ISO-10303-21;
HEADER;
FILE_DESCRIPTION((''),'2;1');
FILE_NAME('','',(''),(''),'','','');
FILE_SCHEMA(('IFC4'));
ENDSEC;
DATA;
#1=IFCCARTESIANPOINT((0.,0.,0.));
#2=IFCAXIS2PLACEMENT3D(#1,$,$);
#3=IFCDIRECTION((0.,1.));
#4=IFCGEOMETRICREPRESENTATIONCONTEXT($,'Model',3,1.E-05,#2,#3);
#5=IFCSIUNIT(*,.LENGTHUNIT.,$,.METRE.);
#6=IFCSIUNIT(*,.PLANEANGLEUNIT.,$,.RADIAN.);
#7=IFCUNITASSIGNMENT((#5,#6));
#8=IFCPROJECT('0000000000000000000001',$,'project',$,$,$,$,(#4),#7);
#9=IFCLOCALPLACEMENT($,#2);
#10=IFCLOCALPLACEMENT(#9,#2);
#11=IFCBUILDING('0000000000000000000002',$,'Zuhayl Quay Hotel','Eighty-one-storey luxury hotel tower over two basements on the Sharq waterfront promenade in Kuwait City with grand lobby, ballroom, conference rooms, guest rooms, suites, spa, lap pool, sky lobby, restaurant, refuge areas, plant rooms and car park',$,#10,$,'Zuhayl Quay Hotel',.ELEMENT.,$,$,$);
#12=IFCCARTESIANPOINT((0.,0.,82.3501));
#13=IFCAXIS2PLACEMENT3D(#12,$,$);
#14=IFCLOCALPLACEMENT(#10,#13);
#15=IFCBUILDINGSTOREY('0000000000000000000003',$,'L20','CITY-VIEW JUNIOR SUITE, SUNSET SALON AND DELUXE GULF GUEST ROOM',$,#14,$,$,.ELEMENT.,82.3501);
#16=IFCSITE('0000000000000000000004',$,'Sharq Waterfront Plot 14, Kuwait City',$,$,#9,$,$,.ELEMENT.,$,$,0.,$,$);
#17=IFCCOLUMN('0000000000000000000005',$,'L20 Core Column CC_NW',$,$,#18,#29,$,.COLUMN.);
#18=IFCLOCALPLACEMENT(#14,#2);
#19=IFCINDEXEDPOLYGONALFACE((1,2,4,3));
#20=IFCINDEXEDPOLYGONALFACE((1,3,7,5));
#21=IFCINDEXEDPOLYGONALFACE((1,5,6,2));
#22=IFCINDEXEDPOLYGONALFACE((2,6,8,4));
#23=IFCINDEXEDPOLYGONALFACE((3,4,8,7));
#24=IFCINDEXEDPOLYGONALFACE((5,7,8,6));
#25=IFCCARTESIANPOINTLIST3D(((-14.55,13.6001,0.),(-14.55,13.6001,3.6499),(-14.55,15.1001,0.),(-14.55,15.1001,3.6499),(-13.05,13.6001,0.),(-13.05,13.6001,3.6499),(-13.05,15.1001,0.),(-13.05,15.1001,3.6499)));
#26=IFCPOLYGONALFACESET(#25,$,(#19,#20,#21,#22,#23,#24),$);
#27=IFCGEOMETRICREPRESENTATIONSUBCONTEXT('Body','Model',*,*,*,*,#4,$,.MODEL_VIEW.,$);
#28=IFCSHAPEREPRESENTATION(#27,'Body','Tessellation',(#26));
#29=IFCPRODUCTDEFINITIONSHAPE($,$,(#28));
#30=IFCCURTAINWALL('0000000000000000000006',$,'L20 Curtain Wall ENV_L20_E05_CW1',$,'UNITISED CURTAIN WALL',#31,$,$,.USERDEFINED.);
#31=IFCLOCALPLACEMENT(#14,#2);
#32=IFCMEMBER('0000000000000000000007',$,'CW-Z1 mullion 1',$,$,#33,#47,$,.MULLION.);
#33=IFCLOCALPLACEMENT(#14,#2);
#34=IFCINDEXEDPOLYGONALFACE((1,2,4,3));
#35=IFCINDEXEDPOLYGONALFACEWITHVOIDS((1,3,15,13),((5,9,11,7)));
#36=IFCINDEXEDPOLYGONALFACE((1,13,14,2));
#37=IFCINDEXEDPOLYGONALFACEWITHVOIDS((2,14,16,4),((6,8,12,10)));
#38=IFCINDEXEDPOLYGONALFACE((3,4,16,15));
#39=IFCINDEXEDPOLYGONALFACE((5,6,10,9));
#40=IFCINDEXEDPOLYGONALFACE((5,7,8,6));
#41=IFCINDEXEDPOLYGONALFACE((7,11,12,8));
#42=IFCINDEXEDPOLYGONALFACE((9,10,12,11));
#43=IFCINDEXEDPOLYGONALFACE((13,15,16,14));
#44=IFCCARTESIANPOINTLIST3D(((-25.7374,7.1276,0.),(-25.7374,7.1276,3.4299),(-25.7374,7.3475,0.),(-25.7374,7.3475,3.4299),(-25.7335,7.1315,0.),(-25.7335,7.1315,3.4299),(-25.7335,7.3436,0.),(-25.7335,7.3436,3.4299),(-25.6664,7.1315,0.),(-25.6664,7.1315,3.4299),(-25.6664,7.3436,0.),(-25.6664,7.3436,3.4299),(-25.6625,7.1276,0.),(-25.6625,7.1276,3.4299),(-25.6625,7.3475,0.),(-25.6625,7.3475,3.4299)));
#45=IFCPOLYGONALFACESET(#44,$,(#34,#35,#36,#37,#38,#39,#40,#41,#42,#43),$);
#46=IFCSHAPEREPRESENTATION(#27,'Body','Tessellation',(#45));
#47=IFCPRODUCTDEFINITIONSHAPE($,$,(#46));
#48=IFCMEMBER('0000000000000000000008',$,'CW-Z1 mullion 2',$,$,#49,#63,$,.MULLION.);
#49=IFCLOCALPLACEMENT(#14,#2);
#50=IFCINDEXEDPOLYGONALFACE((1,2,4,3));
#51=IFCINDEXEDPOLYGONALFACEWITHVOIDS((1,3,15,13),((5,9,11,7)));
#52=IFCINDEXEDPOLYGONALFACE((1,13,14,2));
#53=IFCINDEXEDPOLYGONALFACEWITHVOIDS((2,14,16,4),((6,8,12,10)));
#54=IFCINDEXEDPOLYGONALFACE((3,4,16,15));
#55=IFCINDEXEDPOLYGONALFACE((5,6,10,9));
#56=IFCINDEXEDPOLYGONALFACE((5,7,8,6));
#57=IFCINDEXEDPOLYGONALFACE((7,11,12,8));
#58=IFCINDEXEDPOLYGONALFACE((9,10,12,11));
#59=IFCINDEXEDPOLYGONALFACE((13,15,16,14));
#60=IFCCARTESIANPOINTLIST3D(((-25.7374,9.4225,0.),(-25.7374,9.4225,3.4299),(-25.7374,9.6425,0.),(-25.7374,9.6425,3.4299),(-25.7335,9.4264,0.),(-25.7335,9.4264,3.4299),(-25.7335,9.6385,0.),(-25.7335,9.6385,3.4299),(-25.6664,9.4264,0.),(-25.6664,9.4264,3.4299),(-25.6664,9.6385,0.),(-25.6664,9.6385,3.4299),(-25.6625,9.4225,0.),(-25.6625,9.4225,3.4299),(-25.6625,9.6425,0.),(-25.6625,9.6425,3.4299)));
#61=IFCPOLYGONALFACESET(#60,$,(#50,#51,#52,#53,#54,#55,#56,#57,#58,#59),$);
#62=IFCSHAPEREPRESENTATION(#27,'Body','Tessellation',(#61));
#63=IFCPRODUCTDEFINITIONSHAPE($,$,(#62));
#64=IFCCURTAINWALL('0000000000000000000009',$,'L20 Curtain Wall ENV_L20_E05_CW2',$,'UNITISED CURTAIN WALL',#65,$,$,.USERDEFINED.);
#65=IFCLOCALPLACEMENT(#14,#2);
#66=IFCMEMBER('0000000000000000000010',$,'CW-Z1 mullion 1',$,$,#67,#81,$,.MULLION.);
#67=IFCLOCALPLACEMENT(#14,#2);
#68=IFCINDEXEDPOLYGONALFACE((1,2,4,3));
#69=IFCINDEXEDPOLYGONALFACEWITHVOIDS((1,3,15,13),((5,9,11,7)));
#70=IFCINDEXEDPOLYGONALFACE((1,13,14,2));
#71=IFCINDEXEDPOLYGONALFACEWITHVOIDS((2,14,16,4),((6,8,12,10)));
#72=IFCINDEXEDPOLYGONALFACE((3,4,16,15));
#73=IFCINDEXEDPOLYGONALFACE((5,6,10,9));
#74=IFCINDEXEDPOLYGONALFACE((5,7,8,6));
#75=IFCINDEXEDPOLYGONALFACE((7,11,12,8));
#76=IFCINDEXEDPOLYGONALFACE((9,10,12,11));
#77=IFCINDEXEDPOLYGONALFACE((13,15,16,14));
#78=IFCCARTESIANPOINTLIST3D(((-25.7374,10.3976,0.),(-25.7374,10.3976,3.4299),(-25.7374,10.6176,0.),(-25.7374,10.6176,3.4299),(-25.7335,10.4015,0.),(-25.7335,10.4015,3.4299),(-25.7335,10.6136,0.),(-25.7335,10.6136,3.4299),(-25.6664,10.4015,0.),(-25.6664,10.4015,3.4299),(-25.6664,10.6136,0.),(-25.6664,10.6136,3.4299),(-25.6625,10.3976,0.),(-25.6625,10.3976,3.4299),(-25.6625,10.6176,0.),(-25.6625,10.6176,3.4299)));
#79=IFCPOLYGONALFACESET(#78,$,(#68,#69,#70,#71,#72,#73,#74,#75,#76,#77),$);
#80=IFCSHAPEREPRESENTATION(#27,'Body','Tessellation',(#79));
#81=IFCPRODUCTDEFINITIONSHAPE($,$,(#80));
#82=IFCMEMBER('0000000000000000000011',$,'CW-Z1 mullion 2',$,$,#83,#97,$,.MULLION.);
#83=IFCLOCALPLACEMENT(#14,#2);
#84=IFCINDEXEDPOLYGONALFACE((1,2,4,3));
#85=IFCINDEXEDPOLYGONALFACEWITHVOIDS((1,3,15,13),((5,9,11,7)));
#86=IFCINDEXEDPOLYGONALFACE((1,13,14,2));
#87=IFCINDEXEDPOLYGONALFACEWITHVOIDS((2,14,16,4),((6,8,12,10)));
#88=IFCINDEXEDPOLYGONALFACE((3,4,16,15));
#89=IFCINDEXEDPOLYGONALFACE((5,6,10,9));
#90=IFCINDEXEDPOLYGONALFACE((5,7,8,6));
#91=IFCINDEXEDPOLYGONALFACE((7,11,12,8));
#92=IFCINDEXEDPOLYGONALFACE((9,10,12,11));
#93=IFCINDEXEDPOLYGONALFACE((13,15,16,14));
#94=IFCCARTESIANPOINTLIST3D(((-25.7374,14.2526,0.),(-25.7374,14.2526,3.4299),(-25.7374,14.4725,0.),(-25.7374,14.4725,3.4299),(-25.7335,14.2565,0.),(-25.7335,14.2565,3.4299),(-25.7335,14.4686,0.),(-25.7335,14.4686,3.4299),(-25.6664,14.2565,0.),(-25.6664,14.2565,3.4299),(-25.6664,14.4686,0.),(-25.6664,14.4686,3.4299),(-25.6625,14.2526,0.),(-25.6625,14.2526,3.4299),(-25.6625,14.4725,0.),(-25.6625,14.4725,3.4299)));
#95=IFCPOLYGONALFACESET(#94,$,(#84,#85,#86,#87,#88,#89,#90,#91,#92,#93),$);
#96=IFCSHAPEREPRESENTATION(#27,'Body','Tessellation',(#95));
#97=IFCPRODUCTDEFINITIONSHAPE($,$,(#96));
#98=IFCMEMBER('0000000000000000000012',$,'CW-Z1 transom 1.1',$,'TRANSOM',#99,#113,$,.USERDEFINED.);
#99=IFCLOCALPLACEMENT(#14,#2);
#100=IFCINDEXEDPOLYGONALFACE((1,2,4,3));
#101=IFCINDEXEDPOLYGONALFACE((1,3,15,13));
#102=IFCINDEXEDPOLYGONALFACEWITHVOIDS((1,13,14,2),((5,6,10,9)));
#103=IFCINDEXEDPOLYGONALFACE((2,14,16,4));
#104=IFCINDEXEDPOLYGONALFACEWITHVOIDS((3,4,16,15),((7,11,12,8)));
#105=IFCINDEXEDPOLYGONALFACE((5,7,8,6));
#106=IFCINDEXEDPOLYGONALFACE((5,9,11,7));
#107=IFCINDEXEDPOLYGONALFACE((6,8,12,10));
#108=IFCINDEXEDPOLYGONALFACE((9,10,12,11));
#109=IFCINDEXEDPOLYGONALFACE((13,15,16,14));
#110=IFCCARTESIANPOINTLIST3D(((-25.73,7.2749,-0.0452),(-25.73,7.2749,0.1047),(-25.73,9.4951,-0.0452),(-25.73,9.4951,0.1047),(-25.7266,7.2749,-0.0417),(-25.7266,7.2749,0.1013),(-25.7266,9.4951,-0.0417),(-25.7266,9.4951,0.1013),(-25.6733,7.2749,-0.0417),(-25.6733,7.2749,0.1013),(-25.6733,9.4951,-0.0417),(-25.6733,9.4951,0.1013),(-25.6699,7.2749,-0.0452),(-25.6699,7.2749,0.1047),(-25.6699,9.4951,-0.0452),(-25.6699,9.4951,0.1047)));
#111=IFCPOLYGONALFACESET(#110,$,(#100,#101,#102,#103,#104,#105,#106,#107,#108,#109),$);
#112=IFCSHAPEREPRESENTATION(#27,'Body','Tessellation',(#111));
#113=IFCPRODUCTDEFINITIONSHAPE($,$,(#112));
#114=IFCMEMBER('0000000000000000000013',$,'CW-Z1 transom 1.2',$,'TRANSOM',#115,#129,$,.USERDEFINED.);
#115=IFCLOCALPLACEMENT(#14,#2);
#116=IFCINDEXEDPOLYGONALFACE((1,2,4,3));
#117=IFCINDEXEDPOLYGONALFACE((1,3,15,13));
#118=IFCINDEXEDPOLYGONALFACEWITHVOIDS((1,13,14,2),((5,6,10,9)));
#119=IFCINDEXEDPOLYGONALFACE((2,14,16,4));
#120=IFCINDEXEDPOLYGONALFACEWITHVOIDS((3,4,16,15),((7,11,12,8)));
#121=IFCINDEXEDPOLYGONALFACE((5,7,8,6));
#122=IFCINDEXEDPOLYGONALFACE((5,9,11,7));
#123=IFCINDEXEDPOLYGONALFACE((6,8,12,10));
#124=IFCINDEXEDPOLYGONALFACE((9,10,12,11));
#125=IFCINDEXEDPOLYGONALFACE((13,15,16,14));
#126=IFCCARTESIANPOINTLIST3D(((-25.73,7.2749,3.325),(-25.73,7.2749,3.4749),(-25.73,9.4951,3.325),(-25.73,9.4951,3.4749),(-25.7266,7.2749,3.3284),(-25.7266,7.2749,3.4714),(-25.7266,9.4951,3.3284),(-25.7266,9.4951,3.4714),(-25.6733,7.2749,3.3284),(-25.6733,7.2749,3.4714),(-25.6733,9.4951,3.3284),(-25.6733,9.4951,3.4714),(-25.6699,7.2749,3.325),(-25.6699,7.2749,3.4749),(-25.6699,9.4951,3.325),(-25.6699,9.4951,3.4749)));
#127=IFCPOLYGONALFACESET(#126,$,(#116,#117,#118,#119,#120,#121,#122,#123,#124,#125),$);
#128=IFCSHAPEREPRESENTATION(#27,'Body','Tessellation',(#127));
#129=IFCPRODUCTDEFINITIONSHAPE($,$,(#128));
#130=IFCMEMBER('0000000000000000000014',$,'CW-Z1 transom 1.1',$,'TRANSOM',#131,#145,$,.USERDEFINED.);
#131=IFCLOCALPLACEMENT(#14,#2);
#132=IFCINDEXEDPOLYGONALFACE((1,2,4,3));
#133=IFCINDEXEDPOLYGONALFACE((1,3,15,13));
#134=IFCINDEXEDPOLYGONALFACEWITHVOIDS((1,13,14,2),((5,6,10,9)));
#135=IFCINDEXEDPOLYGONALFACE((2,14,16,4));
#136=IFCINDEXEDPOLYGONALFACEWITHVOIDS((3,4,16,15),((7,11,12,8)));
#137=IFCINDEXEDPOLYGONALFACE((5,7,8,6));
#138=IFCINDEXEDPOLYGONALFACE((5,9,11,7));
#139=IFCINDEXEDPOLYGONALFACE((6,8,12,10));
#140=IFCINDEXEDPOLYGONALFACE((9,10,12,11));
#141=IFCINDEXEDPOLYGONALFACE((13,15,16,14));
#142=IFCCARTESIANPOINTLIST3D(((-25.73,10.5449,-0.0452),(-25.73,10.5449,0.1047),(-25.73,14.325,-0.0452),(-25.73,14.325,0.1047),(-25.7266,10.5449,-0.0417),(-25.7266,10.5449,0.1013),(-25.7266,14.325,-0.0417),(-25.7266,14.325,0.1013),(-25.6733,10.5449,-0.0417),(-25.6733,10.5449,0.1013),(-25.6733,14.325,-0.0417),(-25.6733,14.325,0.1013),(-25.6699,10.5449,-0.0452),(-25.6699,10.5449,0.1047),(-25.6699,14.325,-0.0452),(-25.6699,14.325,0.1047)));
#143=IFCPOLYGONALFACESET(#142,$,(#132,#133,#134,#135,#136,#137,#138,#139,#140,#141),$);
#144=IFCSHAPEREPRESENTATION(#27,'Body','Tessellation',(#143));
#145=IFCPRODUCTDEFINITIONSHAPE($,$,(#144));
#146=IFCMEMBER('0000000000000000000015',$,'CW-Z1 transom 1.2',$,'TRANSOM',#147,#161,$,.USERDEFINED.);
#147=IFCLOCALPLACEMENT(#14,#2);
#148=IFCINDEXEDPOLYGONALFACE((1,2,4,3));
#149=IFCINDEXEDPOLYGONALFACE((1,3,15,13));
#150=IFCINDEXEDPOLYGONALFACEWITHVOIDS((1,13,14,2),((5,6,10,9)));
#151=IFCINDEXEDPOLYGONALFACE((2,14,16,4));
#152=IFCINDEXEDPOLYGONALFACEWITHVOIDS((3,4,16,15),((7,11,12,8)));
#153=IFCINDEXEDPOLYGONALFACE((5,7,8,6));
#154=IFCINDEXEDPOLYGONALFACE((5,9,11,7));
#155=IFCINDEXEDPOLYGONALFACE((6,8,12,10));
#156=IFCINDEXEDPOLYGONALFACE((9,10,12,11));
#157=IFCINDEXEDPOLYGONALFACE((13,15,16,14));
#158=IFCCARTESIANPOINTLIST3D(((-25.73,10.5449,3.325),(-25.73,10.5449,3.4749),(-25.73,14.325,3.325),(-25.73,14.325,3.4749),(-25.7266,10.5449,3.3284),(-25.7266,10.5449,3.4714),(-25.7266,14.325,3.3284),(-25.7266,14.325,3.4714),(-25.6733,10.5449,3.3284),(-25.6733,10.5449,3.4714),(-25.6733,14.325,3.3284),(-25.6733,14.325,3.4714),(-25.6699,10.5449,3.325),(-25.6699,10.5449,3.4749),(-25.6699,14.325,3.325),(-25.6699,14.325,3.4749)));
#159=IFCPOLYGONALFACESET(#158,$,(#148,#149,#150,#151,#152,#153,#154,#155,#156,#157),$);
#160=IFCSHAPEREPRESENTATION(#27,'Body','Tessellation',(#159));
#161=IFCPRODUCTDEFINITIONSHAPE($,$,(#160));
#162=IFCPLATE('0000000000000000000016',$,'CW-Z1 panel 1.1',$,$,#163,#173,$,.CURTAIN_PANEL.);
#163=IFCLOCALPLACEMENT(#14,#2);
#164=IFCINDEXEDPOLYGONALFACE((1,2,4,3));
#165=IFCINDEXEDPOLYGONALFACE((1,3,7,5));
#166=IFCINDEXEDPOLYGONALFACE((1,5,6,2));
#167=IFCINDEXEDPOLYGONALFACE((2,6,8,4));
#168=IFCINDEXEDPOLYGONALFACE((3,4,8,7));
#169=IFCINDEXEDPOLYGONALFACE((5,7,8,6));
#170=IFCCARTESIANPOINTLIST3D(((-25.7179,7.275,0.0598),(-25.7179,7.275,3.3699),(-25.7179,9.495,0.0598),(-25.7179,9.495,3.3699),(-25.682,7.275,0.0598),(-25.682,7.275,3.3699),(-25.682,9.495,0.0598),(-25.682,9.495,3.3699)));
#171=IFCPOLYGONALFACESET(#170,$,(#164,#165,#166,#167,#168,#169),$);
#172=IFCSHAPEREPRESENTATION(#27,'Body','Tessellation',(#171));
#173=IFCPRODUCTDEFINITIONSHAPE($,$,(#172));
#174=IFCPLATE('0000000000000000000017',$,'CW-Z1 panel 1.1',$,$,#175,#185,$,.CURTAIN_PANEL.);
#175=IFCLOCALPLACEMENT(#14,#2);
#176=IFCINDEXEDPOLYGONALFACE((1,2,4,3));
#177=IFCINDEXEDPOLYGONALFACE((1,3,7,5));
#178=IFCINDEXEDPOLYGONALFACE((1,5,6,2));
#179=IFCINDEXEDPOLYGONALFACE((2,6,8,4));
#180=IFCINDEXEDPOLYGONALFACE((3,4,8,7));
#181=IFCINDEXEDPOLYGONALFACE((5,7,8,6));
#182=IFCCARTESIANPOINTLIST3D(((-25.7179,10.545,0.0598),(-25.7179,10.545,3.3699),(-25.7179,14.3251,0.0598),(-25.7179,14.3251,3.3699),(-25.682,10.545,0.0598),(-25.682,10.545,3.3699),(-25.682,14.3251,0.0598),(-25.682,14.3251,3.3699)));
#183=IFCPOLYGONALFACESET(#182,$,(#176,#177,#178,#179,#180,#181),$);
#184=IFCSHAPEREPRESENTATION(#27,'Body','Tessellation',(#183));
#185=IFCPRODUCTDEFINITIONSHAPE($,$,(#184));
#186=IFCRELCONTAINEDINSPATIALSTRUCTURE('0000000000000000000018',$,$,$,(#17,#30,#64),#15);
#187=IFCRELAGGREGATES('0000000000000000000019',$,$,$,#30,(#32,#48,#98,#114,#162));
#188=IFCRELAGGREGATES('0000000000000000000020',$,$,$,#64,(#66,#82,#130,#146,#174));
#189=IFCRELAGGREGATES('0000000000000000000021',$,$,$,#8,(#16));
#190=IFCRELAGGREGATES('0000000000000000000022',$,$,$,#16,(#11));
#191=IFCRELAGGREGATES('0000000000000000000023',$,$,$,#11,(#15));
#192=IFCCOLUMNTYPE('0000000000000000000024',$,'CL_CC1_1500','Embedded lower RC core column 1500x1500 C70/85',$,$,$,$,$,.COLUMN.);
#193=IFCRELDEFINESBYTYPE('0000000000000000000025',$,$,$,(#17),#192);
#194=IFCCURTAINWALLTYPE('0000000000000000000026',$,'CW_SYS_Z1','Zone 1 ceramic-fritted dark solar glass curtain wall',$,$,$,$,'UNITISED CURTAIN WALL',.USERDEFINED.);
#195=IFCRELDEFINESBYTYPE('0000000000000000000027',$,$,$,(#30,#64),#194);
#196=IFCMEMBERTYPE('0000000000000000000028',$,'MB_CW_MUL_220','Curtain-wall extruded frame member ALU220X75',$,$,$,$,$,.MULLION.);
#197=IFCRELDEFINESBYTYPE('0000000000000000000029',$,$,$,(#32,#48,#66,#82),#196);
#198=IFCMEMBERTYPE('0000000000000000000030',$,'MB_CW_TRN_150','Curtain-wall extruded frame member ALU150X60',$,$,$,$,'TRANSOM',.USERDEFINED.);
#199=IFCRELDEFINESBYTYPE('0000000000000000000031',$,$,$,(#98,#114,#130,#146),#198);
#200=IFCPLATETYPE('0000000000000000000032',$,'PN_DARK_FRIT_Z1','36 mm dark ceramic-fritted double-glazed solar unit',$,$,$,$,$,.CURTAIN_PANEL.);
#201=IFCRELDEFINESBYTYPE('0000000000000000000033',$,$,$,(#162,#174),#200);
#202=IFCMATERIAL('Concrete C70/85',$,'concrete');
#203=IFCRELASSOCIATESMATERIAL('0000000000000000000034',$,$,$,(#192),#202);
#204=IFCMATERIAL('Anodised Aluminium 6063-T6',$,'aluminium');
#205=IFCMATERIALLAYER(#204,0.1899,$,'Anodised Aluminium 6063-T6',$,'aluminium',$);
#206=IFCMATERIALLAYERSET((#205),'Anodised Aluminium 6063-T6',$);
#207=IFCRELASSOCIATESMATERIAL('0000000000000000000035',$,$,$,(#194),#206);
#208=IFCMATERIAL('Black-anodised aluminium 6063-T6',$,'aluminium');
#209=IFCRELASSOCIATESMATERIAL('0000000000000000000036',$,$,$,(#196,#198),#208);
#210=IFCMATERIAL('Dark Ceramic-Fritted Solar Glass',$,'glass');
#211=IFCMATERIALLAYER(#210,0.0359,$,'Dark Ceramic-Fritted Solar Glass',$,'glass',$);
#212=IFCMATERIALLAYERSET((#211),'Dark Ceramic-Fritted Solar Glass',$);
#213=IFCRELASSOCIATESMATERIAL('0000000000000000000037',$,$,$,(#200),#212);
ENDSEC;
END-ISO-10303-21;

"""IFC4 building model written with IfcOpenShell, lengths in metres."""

from ifc_helpers import new_model, si_unit, direction, frame, origin, origin_2d, place, context, subcontext, project, spatial, rectangle, hollow_rectangle, extrude, material, layer, layer_set, material_profile, profile_set, type_object, element, aggregate, save


model = new_model("IFC4")

# Units and contexts
model_context = context("Model", 3, precision=1e-05, world=origin(), true_north=direction((0.0, 1.0)))
body_context = subcontext(model_context, "Body", "Model", "MODEL_VIEW")
ifc_project = project(units=[si_unit("LENGTHUNIT", "METRE"), si_unit("PLANEANGLEUNIT", "RADIAN")], contexts=[model_context])

# Site, building, storey
site_placement = place(None, origin())
site = spatial("IfcSite", under=ifc_project, at=site_placement, Name="Sharq Waterfront Plot 14, Kuwait City", CompositionType="ELEMENT", RefElevation=0.0)
building_placement = place(site_placement, origin())
building = spatial("IfcBuilding", under=site, at=building_placement, Name="Zuhayl Quay Hotel", Description="Eighty-one-storey luxury hotel tower over two basements on the Sharq waterfront promenade in Kuwait City with grand lobby, ballroom, conference rooms, guest rooms, suites, spa, lap pool, sky lobby, restaurant, refuge areas, plant rooms and car park", LongName="Zuhayl Quay Hotel", CompositionType="ELEMENT")
storey_placement = place(building_placement, frame((0.0, 0.0, 82.3501)))
storey = spatial("IfcBuildingStorey", under=building, at=storey_placement, Name="L20", Description="CITY-VIEW JUNIOR SUITE, SUNSET SALON AND DELUXE GULF GUEST ROOM", CompositionType="ELEMENT", Elevation=82.3501)

# Column
ifc_material_1 = material(Name="Concrete C70/85", Category="concrete")
ifc_material_profile_1 = material_profile(ifc_material_1, rectangle(XDim=1.5, YDim=1.5, at=origin_2d()), Name="RC1500X1500")
ifc_profile_set_1 = profile_set([ifc_material_profile_1], Name="Concrete C70/85")
column_type = type_object("IfcColumnType", Name="CL_CC1_1500", Description="Embedded lower RC core column 1500x1500 C70/85", PredefinedType="COLUMN", material=ifc_profile_set_1)
column_placement = place(storey_placement, frame((-13.8, 14.3501, 0.0), z_axis=(0.0, 0.0, 1.0), x_axis=(1.0, 0.0, 0.0)))
element("IfcColumn", 1, at=column_placement, inside=storey, type_object=column_type, Name="L20 Core Column CC_NW", PredefinedType="COLUMN", context=body_context, shape_type="SweptSolid", body=[
    extrude(rectangle(XDim=1.5, YDim=1.5, at=origin_2d()), origin(), (0.0, 0.0, 1.0), 3.6499),
])

# Curtain walls, members
ifc_material_2 = material(Name="Anodised Aluminium 6063-T6", Category="aluminium")
ifc_layer_1 = layer(ifc_material_2, 0.1899, Name="Anodised Aluminium 6063-T6", Category="aluminium")
ifc_layer_set_1 = layer_set([ifc_layer_1], Name="Anodised Aluminium 6063-T6")
curtain_wall_type = type_object("IfcCurtainWallType", Name="CW_SYS_Z1", Description="Zone 1 ceramic-fritted dark solar glass curtain wall", ElementType="UNITISED CURTAIN WALL", PredefinedType="USERDEFINED", material=ifc_layer_set_1)
curtain_wall_1_placement = place(storey_placement, origin())
curtain_wall_1 = element("IfcCurtainWall", 2, at=curtain_wall_1_placement, inside=storey, type_object=curtain_wall_type, Name="L20 Curtain Wall ENV_L20_E05_CW1", ObjectType="UNITISED CURTAIN WALL", PredefinedType="USERDEFINED")
ifc_material_3 = material(Name="Black-anodised aluminium 6063-T6", Category="aluminium")
ifc_material_profile_2 = material_profile(ifc_material_3, hollow_rectangle(XDim=0.075, YDim=0.22, WallThickness=0.0039, at=origin_2d()), Name="ALU220X75")
ifc_profile_set_2 = profile_set([ifc_material_profile_2], Name="Black-anodised aluminium 6063-T6")
member_type_1 = type_object("IfcMemberType", Name="MB_CW_MUL_220", Description="Curtain-wall extruded frame member ALU220X75", PredefinedType="MULLION", material=ifc_profile_set_2)
member_1_placement = place(storey_placement, frame((-25.7, 7.2375, 0.0), z_axis=(0.0, 0.0, 1.0), x_axis=(-1.0, 0.0, 0.0)))
member_1 = element("IfcMember", 3, at=member_1_placement, type_object=member_type_1, Name="CW-Z1 mullion 1", PredefinedType="MULLION", context=body_context, shape_type="SweptSolid", body=[
    extrude(hollow_rectangle(XDim=0.075, YDim=0.22, WallThickness=0.0039, at=origin_2d()), origin(), (0.0, 0.0, 1.0), 3.4299),
])
member_2_placement = place(storey_placement, frame((-25.7, 9.5325, 0.0), z_axis=(0.0, 0.0, 1.0), x_axis=(-1.0, 0.0, 0.0)))
member_2 = element("IfcMember", 4, at=member_2_placement, type_object=member_type_1, Name="CW-Z1 mullion 2", PredefinedType="MULLION", context=body_context, shape_type="SweptSolid", body=[
    extrude(hollow_rectangle(XDim=0.075, YDim=0.22, WallThickness=0.0039, at=origin_2d()), origin(), (0.0, 0.0, 1.0), 3.4299),
])
curtain_wall_2_placement = place(storey_placement, origin())
curtain_wall_2 = element("IfcCurtainWall", 5, at=curtain_wall_2_placement, inside=storey, type_object=curtain_wall_type, Name="L20 Curtain Wall ENV_L20_E05_CW2", ObjectType="UNITISED CURTAIN WALL", PredefinedType="USERDEFINED")
member_3_placement = place(storey_placement, frame((-25.7, 10.5076, 0.0), z_axis=(0.0, 0.0, 1.0), x_axis=(-1.0, 0.0, 0.0)))
member_3 = element("IfcMember", 6, at=member_3_placement, type_object=member_type_1, Name="CW-Z1 mullion 1", PredefinedType="MULLION", context=body_context, shape_type="SweptSolid", body=[
    extrude(hollow_rectangle(XDim=0.075, YDim=0.22, WallThickness=0.0039, at=origin_2d()), origin(), (0.0, 0.0, 1.0), 3.4299),
])
member_4_placement = place(storey_placement, frame((-25.7, 14.3625, 0.0), z_axis=(0.0, 0.0, 1.0), x_axis=(-1.0, 0.0, 0.0)))
member_4 = element("IfcMember", 7, at=member_4_placement, type_object=member_type_1, Name="CW-Z1 mullion 2", PredefinedType="MULLION", context=body_context, shape_type="SweptSolid", body=[
    extrude(hollow_rectangle(XDim=0.075, YDim=0.22, WallThickness=0.0039, at=origin_2d()), origin(), (0.0, 0.0, 1.0), 3.4299),
])

# Members
ifc_material_profile_3 = material_profile(ifc_material_3, hollow_rectangle(XDim=0.0601, YDim=0.1499, WallThickness=0.0034, at=origin_2d()), Name="ALU150X60")
ifc_profile_set_3 = profile_set([ifc_material_profile_3], Name="Black-anodised aluminium 6063-T6")
member_type_2 = type_object("IfcMemberType", Name="MB_CW_TRN_150", Description="Curtain-wall extruded frame member ALU150X60", ElementType="TRANSOM", PredefinedType="USERDEFINED", material=ifc_profile_set_3)
member_5_placement = place(storey_placement, frame((-25.7, 7.2749, 0.0298), z_axis=(0.0, 1.0, 0.0), x_axis=(-1.0, 0.0, 0.0)))
member_5 = element("IfcMember", 8, at=member_5_placement, type_object=member_type_2, Name="CW-Z1 transom 1.1", ObjectType="TRANSOM", PredefinedType="USERDEFINED", context=body_context, shape_type="SweptSolid", body=[
    extrude(hollow_rectangle(XDim=0.0601, YDim=0.1499, WallThickness=0.0034, at=origin_2d()), origin(), (0.0, 0.0, 1.0), 2.2202),
])
member_6_placement = place(storey_placement, frame((-25.7, 7.2749, 3.3999), z_axis=(0.0, 1.0, 0.0), x_axis=(-1.0, 0.0, 0.0)))
member_6 = element("IfcMember", 9, at=member_6_placement, type_object=member_type_2, Name="CW-Z1 transom 1.2", ObjectType="TRANSOM", PredefinedType="USERDEFINED", context=body_context, shape_type="SweptSolid", body=[
    extrude(hollow_rectangle(XDim=0.0601, YDim=0.1499, WallThickness=0.0034, at=origin_2d()), origin(), (0.0, 0.0, 1.0), 2.2202),
])
member_7_placement = place(storey_placement, frame((-25.7, 10.5449, 0.0298), z_axis=(0.0, 1.0, 0.0), x_axis=(-1.0, 0.0, 0.0)))
member_7 = element("IfcMember", 10, at=member_7_placement, type_object=member_type_2, Name="CW-Z1 transom 1.1", ObjectType="TRANSOM", PredefinedType="USERDEFINED", context=body_context, shape_type="SweptSolid", body=[
    extrude(hollow_rectangle(XDim=0.0601, YDim=0.1499, WallThickness=0.0034, at=origin_2d()), origin(), (0.0, 0.0, 1.0), 3.78),
])
member_8_placement = place(storey_placement, frame((-25.7, 10.5449, 3.3999), z_axis=(0.0, 1.0, 0.0), x_axis=(-1.0, 0.0, 0.0)))
member_8 = element("IfcMember", 11, at=member_8_placement, type_object=member_type_2, Name="CW-Z1 transom 1.2", ObjectType="TRANSOM", PredefinedType="USERDEFINED", context=body_context, shape_type="SweptSolid", body=[
    extrude(hollow_rectangle(XDim=0.0601, YDim=0.1499, WallThickness=0.0034, at=origin_2d()), origin(), (0.0, 0.0, 1.0), 3.78),
])

# Plates
ifc_material_4 = material(Name="Dark Ceramic-Fritted Solar Glass", Category="glass")
ifc_layer_2 = layer(ifc_material_4, 0.0359, Name="Dark Ceramic-Fritted Solar Glass", Category="glass")
ifc_layer_set_2 = layer_set([ifc_layer_2], Name="Dark Ceramic-Fritted Solar Glass")
plate_type = type_object("IfcPlateType", Name="PN_DARK_FRIT_Z1", Description="36 mm dark ceramic-fritted double-glazed solar unit", PredefinedType="CURTAIN_PANEL", material=ifc_layer_set_2)
plate_1_placement = place(storey_placement, frame((-25.7, 8.385, 0.0598), z_axis=(0.0, 0.0, 1.0), x_axis=(0.0, 1.0, 0.0)))
plate_1 = element("IfcPlate", 12, at=plate_1_placement, type_object=plate_type, Name="CW-Z1 panel 1.1", PredefinedType="CURTAIN_PANEL", context=body_context, shape_type="SweptSolid", body=[
    extrude(rectangle(XDim=2.22, YDim=0.0359, at=origin_2d()), origin(), (0.0, 0.0, 1.0), 3.3101),
])
aggregate(curtain_wall_1, [member_1, member_2, member_5, member_6, plate_1])
plate_2_placement = place(storey_placement, frame((-25.7, 12.4351, 0.0598), z_axis=(0.0, 0.0, 1.0), x_axis=(0.0, 1.0, 0.0)))
plate_2 = element("IfcPlate", 13, at=plate_2_placement, type_object=plate_type, Name="CW-Z1 panel 1.1", PredefinedType="CURTAIN_PANEL", context=body_context, shape_type="SweptSolid", body=[
    extrude(rectangle(XDim=3.78, YDim=0.0359, at=origin_2d()), origin(), (0.0, 0.0, 1.0), 3.3101),
])
aggregate(curtain_wall_2, [member_3, member_4, member_7, member_8, plate_2])

save(model, "model.ifc")
